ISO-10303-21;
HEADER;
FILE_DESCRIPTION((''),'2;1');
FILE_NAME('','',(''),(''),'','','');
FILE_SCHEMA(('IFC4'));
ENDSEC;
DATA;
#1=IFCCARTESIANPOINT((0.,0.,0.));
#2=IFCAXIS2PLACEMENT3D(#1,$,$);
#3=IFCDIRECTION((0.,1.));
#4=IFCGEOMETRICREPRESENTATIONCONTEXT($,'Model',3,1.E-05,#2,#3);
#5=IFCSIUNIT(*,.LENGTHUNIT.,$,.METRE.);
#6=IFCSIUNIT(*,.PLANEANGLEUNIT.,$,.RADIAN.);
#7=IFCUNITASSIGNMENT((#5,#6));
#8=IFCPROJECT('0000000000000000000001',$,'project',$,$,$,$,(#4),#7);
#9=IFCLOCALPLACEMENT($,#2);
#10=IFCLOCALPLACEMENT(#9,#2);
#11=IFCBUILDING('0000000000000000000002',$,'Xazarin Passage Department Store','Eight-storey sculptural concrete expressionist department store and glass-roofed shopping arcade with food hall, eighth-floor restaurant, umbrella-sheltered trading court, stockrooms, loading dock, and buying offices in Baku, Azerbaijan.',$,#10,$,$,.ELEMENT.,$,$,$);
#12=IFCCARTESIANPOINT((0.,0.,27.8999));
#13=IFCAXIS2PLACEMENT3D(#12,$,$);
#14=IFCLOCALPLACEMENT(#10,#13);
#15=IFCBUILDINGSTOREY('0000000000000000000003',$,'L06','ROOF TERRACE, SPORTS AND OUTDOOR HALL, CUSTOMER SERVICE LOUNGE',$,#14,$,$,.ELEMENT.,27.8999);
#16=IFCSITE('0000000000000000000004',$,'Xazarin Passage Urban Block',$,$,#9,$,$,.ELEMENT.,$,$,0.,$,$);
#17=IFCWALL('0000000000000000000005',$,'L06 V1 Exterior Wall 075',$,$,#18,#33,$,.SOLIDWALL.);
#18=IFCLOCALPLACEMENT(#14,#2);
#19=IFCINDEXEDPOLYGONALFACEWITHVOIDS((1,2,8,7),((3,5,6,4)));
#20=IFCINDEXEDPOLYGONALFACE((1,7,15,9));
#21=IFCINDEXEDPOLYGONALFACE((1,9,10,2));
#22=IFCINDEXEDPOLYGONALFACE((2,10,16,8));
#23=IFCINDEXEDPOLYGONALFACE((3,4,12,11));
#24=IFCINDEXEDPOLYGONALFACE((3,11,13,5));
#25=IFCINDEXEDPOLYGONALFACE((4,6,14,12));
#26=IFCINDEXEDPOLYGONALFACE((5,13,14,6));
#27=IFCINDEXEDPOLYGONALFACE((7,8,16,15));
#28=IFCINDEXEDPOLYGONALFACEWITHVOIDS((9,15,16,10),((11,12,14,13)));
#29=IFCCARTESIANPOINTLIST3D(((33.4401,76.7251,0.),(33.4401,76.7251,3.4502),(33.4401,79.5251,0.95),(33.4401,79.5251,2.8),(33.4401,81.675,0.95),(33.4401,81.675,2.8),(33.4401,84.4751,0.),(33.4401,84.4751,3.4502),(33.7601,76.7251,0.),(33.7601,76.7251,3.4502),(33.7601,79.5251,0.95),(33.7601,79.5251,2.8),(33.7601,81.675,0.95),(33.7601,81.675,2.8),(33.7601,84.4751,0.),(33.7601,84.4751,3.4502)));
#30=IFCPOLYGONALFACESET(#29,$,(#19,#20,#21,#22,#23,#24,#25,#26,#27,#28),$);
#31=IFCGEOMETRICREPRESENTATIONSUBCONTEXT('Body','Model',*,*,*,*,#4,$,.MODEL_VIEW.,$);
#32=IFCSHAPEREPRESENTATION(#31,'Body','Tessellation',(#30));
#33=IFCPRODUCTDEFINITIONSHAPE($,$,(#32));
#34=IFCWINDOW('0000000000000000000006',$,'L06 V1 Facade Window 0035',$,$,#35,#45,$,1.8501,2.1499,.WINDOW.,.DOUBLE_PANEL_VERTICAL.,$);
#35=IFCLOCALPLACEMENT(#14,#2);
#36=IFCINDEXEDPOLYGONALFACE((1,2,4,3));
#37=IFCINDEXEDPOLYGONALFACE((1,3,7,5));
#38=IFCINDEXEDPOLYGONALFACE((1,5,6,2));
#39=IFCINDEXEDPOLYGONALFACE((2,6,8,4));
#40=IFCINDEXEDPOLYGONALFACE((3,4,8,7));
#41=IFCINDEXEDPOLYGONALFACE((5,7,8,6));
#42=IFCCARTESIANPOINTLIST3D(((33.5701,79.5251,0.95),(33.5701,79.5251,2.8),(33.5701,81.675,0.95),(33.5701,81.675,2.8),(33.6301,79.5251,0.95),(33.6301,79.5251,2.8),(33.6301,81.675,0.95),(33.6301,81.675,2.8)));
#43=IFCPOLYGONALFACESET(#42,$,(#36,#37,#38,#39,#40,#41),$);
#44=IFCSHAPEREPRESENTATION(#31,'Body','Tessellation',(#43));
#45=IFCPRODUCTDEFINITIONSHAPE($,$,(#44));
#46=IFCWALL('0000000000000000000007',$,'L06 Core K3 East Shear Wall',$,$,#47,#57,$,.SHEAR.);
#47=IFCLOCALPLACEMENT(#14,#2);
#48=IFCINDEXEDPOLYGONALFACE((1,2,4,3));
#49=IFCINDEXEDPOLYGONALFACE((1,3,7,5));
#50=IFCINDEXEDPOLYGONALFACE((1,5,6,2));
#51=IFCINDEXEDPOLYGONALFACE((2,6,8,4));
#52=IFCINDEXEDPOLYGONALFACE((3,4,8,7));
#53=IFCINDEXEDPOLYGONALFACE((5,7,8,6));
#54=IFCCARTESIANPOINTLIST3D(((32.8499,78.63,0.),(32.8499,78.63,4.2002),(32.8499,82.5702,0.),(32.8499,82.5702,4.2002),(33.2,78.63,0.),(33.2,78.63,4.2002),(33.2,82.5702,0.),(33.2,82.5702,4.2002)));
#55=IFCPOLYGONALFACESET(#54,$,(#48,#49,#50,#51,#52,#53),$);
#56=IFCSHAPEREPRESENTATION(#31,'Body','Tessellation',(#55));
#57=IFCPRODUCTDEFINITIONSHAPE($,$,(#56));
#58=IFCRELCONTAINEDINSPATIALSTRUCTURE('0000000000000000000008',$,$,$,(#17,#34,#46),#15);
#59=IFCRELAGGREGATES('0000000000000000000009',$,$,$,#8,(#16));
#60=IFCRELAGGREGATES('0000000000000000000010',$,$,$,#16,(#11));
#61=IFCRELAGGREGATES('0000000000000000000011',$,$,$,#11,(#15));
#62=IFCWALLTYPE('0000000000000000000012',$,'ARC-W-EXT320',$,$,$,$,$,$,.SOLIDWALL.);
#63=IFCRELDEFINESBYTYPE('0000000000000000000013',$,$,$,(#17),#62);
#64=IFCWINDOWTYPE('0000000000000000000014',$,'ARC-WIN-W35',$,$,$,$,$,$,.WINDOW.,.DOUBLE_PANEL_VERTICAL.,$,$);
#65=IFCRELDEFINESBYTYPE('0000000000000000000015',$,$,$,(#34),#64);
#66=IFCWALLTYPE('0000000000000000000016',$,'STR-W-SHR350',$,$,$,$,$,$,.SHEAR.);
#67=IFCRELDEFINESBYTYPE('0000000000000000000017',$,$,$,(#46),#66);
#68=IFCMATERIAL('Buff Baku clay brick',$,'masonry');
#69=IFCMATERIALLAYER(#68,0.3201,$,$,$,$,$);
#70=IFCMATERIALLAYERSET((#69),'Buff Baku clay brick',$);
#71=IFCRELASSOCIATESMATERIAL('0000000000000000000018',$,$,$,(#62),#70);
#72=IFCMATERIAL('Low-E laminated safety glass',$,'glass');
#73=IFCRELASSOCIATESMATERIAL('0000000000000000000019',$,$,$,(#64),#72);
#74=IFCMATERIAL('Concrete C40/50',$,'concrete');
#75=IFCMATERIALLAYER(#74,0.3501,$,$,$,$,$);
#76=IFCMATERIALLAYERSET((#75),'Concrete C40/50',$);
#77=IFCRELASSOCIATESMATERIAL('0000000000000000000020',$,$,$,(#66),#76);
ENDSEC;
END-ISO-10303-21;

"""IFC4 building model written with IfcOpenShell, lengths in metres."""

from ifc_helpers import new_model, si_unit, direction, frame, frame_2d, origin, place, context, subcontext, project, spatial, rectangle, extrude, material, layer, layer_set, type_object, element, fill, save


model = new_model("IFC4")

# Units and contexts
model_context = context("Model", 3, precision=1e-05, world=origin(), true_north=direction((0.0, 1.0)))
body_context = subcontext(model_context, "Body", "Model", "MODEL_VIEW")
ifc_project = project(units=[si_unit("LENGTHUNIT", "METRE"), si_unit("PLANEANGLEUNIT", "RADIAN")], contexts=[model_context])

# Site, building, storey
site_placement = place(None, origin())
site = spatial("IfcSite", under=ifc_project, at=site_placement, Name="Xazarin Passage Urban Block", CompositionType="ELEMENT", RefElevation=0.0)
building_placement = place(site_placement, origin())
building = spatial("IfcBuilding", under=site, at=building_placement, Name="Xazarin Passage Department Store", Description="Eight-storey sculptural concrete expressionist department store and glass-roofed shopping arcade with food hall, eighth-floor restaurant, umbrella-sheltered trading court, stockrooms, loading dock, and buying offices in Baku, Azerbaijan.", CompositionType="ELEMENT")
storey_placement = place(building_placement, frame((0.0, 0.0, 27.8999)))
storey = spatial("IfcBuildingStorey", under=building, at=storey_placement, Name="L06", Description="ROOF TERRACE, SPORTS AND OUTDOOR HALL, CUSTOMER SERVICE LOUNGE", CompositionType="ELEMENT", Elevation=27.8999)

# Shared definitions
ifc_material_1 = material(Name="Concrete C40/50", Category="concrete")

# Wall, opening, window
ifc_material_2 = material(Name="Buff Baku clay brick", Category="masonry")
ifc_layer_1 = layer(ifc_material_2, 0.3201)
ifc_layer_set_1 = layer_set([ifc_layer_1], Name="Buff Baku clay brick")
wall_type_1 = type_object("IfcWallType", Name="ARC-W-EXT320", PredefinedType="SOLIDWALL", material=ifc_layer_set_1)
wall_1_placement = place(storey_placement, frame((33.6001, 76.7251, 0.0), z_axis=(0.0, 0.0, 1.0), x_axis=(0.0, 1.0, 0.0)))
wall_1 = element("IfcWall", 1, at=wall_1_placement, inside=storey, type_object=wall_type_1, Name="L06 V1 Exterior Wall 075", PredefinedType="SOLIDWALL", context=body_context, shape_type="SweptSolid", body=[
    extrude(rectangle(XDim=7.75, YDim=0.3201, at=frame_2d((3.875, 0.0))), origin(), (0.0, 0.0, 1.0), 3.4502),
])
opening_placement = place(wall_1_placement, frame((2.8, 0.0, 0.95)))
opening = element("IfcOpeningElement", 2, at=opening_placement, cuts=wall_1, PredefinedType="OPENING", context=body_context, shape_type="SweptSolid", body=[
    extrude(rectangle(XDim=2.1499, YDim=1.8501, at=frame_2d((1.075, 0.925))), frame((0.0, 0.1699, 0.0), z_axis=(0.0, -1.0, 0.0), x_axis=(1.0, 0.0, 0.0)), (0.0, 0.0, 1.0), 0.3401),
])
ifc_material_3 = material(Name="Low-E laminated safety glass", Category="glass")
window_type = type_object("IfcWindowType", Name="ARC-WIN-W35", PartitioningType="DOUBLE_PANEL_VERTICAL", PredefinedType="WINDOW", material=ifc_material_3)
window_placement = place(opening_placement, origin())
window = element("IfcWindow", 3, at=window_placement, inside=storey, type_object=window_type, Name="L06 V1 Facade Window 0035", OverallHeight=1.8501, OverallWidth=2.1499, PartitioningType="DOUBLE_PANEL_VERTICAL", PredefinedType="WINDOW", context=body_context, shape_type="SweptSolid", body=[
    extrude(rectangle(XDim=2.1499, YDim=1.8501, at=frame_2d((1.075, 0.925))), frame((0.0, 0.03, 0.0), z_axis=(0.0, -1.0, 0.0), x_axis=(1.0, 0.0, 0.0)), (0.0, 0.0, 1.0), 0.0601),
])
fill(opening, window)

# Wall
ifc_layer_2 = layer(ifc_material_1, 0.3501)
ifc_layer_set_2 = layer_set([ifc_layer_2], Name="Concrete C40/50")
wall_type_2 = type_object("IfcWallType", Name="STR-W-SHR350", PredefinedType="SHEAR", material=ifc_layer_set_2)
wall_2_placement = place(storey_placement, frame((33.0249, 78.6299, 0.0), z_axis=(0.0, 0.0, 1.0), x_axis=(0.0, 1.0, 0.0)))
element("IfcWall", 4, at=wall_2_placement, inside=storey, type_object=wall_type_2, Name="L06 Core K3 East Shear Wall", PredefinedType="SHEAR", context=body_context, shape_type="SweptSolid", body=[
    extrude(rectangle(XDim=3.9402, YDim=0.3501, at=frame_2d((1.9702, 0.0))), origin(), (0.0, 0.0, 1.0), 4.2002),
])

save(model, "model.ifc")
